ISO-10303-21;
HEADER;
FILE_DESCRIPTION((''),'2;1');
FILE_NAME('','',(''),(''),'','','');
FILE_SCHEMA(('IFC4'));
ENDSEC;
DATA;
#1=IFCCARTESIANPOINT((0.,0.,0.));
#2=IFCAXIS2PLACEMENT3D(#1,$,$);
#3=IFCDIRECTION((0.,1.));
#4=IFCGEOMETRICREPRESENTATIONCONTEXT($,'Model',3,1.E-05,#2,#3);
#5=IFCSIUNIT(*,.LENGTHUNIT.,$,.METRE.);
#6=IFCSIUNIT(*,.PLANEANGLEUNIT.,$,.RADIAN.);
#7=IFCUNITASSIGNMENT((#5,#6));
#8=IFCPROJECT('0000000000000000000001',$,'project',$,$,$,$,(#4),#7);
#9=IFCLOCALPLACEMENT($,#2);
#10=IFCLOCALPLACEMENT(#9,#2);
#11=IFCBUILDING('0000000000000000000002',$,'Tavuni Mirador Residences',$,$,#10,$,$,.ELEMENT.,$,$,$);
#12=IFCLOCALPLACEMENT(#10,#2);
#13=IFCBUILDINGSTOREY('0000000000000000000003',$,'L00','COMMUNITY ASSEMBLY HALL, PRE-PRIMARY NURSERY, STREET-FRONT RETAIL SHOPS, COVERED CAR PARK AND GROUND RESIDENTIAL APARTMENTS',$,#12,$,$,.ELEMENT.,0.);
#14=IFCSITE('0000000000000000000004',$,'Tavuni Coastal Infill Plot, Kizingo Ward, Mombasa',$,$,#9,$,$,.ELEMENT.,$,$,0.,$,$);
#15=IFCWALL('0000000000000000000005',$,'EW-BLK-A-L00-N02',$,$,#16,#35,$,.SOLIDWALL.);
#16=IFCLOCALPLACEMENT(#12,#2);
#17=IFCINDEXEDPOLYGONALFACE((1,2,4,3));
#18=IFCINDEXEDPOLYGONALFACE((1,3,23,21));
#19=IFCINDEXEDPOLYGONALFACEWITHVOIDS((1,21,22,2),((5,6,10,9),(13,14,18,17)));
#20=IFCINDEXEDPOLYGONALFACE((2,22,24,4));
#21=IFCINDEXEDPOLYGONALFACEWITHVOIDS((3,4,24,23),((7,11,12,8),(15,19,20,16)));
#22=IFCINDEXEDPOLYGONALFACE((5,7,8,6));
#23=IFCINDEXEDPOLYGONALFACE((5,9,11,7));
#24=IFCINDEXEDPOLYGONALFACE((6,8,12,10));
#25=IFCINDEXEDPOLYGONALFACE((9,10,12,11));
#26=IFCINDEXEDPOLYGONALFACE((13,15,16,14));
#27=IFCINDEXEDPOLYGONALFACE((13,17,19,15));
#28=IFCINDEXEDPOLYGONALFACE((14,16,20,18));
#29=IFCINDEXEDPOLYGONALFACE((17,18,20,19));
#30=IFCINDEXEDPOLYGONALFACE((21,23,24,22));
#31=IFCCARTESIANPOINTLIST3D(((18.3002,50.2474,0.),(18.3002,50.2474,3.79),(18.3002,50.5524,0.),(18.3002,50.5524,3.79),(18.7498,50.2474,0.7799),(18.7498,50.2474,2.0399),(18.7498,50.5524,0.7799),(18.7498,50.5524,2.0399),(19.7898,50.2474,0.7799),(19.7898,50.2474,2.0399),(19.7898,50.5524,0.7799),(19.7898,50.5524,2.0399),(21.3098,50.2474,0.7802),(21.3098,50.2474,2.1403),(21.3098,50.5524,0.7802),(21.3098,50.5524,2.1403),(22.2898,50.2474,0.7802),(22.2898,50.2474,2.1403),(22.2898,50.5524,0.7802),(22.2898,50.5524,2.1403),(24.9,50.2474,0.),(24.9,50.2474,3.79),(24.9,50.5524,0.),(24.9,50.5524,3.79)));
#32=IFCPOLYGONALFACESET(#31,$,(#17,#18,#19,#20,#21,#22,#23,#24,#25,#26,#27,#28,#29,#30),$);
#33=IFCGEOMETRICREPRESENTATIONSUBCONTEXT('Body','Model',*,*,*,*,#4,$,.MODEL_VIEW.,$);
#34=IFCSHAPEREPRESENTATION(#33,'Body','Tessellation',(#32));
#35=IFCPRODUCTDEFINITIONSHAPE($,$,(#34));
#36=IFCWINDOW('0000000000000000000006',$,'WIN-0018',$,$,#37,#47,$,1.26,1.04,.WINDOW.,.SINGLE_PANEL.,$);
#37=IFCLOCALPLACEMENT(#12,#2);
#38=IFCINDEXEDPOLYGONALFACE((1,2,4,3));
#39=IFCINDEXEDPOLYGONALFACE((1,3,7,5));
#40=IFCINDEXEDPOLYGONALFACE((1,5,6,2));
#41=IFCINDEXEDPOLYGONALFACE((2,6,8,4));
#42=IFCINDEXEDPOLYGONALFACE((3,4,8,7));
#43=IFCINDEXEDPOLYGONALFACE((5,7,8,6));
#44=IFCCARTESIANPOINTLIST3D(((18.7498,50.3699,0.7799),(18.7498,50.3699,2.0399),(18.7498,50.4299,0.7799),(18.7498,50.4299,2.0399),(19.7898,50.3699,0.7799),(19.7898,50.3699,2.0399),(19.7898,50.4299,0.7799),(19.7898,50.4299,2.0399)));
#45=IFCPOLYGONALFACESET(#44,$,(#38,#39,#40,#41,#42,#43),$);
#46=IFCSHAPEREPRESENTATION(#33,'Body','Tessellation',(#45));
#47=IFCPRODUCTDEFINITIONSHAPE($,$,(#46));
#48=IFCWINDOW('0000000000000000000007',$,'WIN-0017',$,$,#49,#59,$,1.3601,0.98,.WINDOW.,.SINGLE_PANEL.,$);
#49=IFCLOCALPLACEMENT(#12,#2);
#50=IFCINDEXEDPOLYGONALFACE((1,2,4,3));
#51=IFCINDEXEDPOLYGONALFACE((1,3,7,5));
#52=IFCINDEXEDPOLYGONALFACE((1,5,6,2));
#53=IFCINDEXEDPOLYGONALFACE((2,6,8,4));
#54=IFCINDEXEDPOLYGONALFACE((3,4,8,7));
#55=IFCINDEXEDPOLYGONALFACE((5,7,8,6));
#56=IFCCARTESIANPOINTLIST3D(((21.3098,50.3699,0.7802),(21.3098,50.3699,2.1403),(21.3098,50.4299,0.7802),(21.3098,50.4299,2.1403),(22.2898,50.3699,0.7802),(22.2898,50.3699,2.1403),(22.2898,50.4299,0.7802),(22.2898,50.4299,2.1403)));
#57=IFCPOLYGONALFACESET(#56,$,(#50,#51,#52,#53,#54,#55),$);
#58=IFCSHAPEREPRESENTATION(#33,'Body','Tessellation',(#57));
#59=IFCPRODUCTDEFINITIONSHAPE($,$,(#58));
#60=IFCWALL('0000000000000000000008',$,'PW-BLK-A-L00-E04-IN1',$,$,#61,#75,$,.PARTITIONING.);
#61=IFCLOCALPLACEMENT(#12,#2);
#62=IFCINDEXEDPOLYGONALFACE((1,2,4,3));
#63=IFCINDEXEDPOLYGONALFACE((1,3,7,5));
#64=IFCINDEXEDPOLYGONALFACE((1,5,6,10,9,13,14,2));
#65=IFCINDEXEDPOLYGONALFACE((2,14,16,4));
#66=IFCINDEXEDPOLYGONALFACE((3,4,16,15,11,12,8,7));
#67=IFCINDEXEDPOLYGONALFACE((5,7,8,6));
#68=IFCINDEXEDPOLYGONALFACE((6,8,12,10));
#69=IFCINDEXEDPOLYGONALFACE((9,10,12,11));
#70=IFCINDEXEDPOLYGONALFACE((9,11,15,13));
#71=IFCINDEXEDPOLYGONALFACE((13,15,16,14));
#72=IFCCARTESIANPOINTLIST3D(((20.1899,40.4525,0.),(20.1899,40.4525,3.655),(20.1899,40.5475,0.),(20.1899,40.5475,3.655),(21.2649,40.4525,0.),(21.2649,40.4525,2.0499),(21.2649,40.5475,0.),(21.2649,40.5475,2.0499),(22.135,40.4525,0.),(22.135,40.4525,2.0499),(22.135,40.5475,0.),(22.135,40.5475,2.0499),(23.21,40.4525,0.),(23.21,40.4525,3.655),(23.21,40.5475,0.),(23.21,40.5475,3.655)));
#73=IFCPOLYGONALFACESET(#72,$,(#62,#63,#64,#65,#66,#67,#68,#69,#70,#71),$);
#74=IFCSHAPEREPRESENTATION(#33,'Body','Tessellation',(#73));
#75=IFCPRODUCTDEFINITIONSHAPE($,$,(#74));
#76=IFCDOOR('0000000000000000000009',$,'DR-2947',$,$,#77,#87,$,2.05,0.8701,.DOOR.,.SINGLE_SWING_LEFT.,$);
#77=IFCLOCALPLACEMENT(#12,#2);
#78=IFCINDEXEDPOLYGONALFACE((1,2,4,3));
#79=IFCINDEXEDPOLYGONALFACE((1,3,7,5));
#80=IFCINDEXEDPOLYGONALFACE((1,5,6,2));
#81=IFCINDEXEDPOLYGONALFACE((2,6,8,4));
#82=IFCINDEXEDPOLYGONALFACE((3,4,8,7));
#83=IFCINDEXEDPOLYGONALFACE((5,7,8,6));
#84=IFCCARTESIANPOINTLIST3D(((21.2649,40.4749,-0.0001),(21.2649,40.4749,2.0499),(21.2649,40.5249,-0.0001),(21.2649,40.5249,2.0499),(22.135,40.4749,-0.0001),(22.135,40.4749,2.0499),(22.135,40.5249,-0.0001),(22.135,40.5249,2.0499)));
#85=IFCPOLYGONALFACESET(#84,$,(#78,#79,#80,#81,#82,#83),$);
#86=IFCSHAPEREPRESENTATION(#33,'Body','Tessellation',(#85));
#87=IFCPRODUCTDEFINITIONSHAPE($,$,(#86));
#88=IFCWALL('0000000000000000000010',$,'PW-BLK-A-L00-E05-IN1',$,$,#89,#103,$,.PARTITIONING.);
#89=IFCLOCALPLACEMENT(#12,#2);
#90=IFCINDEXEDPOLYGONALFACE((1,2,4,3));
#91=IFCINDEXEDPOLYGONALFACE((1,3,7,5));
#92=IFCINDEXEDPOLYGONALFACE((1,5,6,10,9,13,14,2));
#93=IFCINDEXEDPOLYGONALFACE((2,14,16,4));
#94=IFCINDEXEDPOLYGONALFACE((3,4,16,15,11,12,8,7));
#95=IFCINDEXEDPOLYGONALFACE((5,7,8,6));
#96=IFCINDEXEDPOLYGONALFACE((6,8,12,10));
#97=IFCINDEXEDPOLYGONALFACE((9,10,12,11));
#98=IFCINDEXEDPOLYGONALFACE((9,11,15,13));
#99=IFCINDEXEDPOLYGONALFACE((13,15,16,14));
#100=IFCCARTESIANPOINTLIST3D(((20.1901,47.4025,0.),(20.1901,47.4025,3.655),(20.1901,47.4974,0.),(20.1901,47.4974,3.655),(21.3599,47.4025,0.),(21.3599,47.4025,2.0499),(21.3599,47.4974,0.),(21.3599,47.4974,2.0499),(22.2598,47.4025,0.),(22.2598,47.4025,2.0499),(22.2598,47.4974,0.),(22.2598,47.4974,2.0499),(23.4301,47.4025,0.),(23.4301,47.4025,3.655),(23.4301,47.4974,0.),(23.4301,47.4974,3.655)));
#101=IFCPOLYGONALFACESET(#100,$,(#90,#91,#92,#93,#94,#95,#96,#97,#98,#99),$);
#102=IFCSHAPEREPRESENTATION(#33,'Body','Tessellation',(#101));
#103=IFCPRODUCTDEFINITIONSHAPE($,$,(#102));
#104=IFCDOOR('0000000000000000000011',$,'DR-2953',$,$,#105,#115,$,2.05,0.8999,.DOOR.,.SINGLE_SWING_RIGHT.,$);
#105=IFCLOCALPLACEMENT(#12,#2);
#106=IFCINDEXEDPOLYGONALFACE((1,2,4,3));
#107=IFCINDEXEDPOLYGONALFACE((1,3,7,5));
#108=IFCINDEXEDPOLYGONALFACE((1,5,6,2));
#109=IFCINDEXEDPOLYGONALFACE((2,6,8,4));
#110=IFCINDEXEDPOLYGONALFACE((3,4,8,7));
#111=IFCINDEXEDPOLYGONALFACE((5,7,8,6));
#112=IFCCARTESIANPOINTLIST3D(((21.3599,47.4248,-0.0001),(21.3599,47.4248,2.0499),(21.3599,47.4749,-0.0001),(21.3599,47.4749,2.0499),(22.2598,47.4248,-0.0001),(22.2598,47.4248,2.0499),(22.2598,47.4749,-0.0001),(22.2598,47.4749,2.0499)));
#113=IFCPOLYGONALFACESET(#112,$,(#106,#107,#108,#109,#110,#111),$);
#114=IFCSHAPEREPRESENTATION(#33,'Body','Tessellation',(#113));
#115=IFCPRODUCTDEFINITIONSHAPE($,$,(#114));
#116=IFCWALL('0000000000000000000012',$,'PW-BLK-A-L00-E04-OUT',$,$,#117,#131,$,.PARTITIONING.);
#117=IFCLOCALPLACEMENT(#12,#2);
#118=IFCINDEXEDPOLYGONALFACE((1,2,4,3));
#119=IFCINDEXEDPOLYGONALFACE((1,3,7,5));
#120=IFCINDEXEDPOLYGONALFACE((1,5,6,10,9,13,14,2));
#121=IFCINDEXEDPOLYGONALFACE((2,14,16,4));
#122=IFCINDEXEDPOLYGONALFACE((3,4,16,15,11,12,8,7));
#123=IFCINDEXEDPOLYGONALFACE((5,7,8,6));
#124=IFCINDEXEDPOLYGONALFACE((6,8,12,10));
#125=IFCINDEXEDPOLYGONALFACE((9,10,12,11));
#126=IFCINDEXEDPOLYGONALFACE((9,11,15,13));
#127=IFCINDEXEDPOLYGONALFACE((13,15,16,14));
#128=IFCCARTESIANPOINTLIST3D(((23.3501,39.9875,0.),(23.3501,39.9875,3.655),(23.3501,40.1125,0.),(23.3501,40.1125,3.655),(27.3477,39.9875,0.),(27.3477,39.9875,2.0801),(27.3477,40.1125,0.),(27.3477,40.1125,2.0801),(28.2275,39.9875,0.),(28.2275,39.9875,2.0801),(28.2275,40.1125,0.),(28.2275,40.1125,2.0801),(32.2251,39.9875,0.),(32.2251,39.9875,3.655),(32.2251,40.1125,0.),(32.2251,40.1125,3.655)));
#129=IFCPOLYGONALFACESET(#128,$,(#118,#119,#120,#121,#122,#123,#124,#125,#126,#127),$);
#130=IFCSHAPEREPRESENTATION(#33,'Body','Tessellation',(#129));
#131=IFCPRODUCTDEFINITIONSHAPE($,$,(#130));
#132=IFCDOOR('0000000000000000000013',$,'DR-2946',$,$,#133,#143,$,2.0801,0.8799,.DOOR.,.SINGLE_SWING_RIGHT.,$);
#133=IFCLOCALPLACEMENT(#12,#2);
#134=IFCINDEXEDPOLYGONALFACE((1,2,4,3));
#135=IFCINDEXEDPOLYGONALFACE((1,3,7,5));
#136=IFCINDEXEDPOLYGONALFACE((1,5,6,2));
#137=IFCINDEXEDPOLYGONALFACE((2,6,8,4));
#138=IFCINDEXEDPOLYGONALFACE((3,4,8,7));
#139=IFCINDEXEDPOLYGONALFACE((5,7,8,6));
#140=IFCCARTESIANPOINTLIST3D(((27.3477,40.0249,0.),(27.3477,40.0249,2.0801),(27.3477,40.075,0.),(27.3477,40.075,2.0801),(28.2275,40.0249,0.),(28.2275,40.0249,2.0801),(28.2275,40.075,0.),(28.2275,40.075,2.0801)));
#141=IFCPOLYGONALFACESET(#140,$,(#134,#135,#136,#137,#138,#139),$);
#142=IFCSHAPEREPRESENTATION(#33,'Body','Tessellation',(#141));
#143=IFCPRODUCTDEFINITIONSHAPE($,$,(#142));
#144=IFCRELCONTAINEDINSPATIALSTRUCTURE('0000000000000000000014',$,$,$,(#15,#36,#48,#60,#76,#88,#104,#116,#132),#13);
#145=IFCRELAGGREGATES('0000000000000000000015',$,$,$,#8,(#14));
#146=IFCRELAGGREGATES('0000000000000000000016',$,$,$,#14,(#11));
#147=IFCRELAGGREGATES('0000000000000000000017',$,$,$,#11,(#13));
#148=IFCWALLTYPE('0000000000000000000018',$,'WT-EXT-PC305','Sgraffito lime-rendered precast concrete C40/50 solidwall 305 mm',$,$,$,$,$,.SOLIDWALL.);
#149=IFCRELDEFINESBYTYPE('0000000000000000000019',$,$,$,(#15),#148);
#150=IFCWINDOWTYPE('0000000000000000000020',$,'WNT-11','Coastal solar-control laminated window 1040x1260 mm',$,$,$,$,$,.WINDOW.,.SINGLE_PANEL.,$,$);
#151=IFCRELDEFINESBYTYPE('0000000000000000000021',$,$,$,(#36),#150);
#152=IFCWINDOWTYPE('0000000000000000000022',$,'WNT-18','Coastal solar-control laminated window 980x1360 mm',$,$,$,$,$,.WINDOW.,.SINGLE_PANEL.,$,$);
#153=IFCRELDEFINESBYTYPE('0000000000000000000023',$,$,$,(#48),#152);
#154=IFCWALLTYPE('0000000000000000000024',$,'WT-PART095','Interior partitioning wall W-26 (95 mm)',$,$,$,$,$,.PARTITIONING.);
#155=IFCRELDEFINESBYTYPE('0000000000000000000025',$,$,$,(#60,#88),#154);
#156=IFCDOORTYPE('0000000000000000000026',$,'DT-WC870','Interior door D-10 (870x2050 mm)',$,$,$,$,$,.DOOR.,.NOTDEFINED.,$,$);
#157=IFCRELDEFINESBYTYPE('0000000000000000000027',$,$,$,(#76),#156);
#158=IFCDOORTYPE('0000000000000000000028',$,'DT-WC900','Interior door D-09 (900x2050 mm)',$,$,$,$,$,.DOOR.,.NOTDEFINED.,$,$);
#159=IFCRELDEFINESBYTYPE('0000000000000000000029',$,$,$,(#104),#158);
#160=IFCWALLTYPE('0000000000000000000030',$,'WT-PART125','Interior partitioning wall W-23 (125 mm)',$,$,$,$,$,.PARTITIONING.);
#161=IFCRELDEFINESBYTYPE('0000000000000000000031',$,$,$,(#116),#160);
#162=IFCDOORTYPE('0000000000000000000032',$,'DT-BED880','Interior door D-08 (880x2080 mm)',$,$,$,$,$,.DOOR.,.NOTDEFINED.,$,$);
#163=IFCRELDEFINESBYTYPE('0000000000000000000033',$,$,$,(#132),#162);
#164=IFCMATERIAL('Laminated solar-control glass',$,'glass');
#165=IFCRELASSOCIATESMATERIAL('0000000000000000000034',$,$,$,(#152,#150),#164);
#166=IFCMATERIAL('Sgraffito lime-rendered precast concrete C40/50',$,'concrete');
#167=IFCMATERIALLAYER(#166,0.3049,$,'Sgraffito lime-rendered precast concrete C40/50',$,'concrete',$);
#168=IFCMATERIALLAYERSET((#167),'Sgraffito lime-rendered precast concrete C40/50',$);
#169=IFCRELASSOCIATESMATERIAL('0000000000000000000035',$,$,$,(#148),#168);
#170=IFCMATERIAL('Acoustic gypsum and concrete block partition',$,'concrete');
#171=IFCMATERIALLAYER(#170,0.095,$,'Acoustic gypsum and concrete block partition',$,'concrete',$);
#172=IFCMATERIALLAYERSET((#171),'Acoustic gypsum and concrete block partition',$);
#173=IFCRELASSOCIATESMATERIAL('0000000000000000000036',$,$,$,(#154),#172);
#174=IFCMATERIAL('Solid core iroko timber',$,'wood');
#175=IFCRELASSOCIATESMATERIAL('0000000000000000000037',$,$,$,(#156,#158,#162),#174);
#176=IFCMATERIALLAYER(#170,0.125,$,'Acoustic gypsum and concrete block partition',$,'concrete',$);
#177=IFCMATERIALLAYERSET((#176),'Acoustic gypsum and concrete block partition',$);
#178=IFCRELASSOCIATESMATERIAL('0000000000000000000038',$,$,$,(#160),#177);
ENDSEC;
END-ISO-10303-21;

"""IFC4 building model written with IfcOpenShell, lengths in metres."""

from ifc_helpers import new_model, si_unit, direction, frame, frame_2d, origin, place, context, subcontext, project, spatial, rectangle, extrude, material, layer, layer_set, type_object, element, fill, save


model = new_model("IFC4")

# Units and contexts
model_context = context("Model", 3, precision=1e-05, world=origin(), true_north=direction((0.0, 1.0)))
body_context = subcontext(model_context, "Body", "Model", "MODEL_VIEW")
ifc_project = project(units=[si_unit("LENGTHUNIT", "METRE"), si_unit("PLANEANGLEUNIT", "RADIAN")], contexts=[model_context])

# Site, building, storey
site_placement = place(None, origin())
site = spatial("IfcSite", under=ifc_project, at=site_placement, Name="Tavuni Coastal Infill Plot, Kizingo Ward, Mombasa", CompositionType="ELEMENT", RefElevation=0.0)
building_placement = place(site_placement, origin())
building = spatial("IfcBuilding", under=site, at=building_placement, Name="Tavuni Mirador Residences", CompositionType="ELEMENT")
storey_placement = place(building_placement, origin())
storey = spatial("IfcBuildingStorey", under=building, at=storey_placement, Name="L00", Description="COMMUNITY ASSEMBLY HALL, PRE-PRIMARY NURSERY, STREET-FRONT RETAIL SHOPS, COVERED CAR PARK AND GROUND RESIDENTIAL APARTMENTS", CompositionType="ELEMENT", Elevation=0.0)

# Shared definitions
ifc_material_1 = material(Name="Solid core iroko timber", Category="wood")

# Wall, openings, windows
ifc_material_2 = material(Name="Sgraffito lime-rendered precast concrete C40/50", Category="concrete")
ifc_material_3 = material(Name="Laminated solar-control glass", Category="glass")
window_type_1 = type_object("IfcWindowType", Name="WNT-18", Description="Coastal solar-control laminated window 980x1360 mm", PartitioningType="SINGLE_PANEL", PredefinedType="WINDOW", material=ifc_material_3)
ifc_layer_1 = layer(ifc_material_2, 0.3049, Name="Sgraffito lime-rendered precast concrete C40/50", Category="concrete")
ifc_layer_set_1 = layer_set([ifc_layer_1], Name="Sgraffito lime-rendered precast concrete C40/50")
wall_type_1 = type_object("IfcWallType", Name="WT-EXT-PC305", Description="Sgraffito lime-rendered precast concrete C40/50 solidwall 305 mm", PredefinedType="SOLIDWALL", material=ifc_layer_set_1)
wall_1_placement = place(storey_placement, frame((24.8999, 50.3999, 0.0), z_axis=(0.0, 0.0, 1.0), x_axis=(-1.0, 0.0, 0.0)))
wall_1 = element("IfcWall", 1, at=wall_1_placement, inside=storey, type_object=wall_type_1, Name="EW-BLK-A-L00-N02", PredefinedType="SOLIDWALL", context=body_context, shape_type="SweptSolid", body=[
    extrude(rectangle(XDim=6.5999, YDim=0.3049, at=frame_2d((3.2998, 0.0))), origin(), (0.0, 0.0, 1.0), 3.79),
])
opening_1_placement = place(wall_1_placement, frame((2.6101, 0.0, 0.78)))
opening_1 = element("IfcOpeningElement", 2, at=opening_1_placement, cuts=wall_1, PredefinedType="OPENING", context=body_context, shape_type="SweptSolid", body=[
    extrude(rectangle(XDim=0.98, YDim=1.3601, at=frame_2d((0.49, 0.6802))), frame((0.0, 0.1626, 0.0), z_axis=(0.0, -1.0, 0.0), x_axis=(1.0, 0.0, 0.0)), (0.0, 0.0, 1.0), 0.325),
])
opening_2_placement = place(wall_1_placement, frame((5.1101, 0.0, 0.78)))
opening_2 = element("IfcOpeningElement", 3, at=opening_2_placement, cuts=wall_1, PredefinedType="OPENING", context=body_context, shape_type="SweptSolid", body=[
    extrude(rectangle(XDim=1.04, YDim=1.26, at=frame_2d((0.52, 0.6299))), frame((0.0, 0.1626, 0.0), z_axis=(0.0, -1.0, 0.0), x_axis=(1.0, 0.0, 0.0)), (0.0, 0.0, 1.0), 0.325),
])
window_type_2 = type_object("IfcWindowType", Name="WNT-11", Description="Coastal solar-control laminated window 1040x1260 mm", PartitioningType="SINGLE_PANEL", PredefinedType="WINDOW", material=ifc_material_3)
window_1_placement = place(opening_2_placement, origin())
window_1 = element("IfcWindow", 4, at=window_1_placement, inside=storey, type_object=window_type_2, Name="WIN-0018", OverallHeight=1.26, OverallWidth=1.04, PartitioningType="SINGLE_PANEL", PredefinedType="WINDOW", context=body_context, shape_type="SweptSolid", body=[
    extrude(rectangle(XDim=1.04, YDim=1.26, at=frame_2d((0.52, 0.6299))), frame((0.0, 0.03, 0.0), z_axis=(0.0, -1.0, 0.0), x_axis=(1.0, 0.0, 0.0)), (0.0, 0.0, 1.0), 0.0601),
])
fill(opening_2, window_1)
window_2_placement = place(opening_1_placement, origin())
window_2 = element("IfcWindow", 5, at=window_2_placement, inside=storey, type_object=window_type_1, Name="WIN-0017", OverallHeight=1.3601, OverallWidth=0.98, PartitioningType="SINGLE_PANEL", PredefinedType="WINDOW", context=body_context, shape_type="SweptSolid", body=[
    extrude(rectangle(XDim=0.98, YDim=1.3601, at=frame_2d((0.49, 0.6802))), frame((0.0, 0.03, 0.0), z_axis=(0.0, -1.0, 0.0), x_axis=(1.0, 0.0, 0.0)), (0.0, 0.0, 1.0), 0.0601),
])
fill(opening_1, window_2)

# Walls, openings, doors
ifc_material_4 = material(Name="Acoustic gypsum and concrete block partition", Category="concrete")
ifc_layer_2 = layer(ifc_material_4, 0.095, Name="Acoustic gypsum and concrete block partition", Category="concrete")
ifc_layer_set_2 = layer_set([ifc_layer_2], Name="Acoustic gypsum and concrete block partition")
wall_type_2 = type_object("IfcWallType", Name="WT-PART095", Description="Interior partitioning wall W-26 (95 mm)", PredefinedType="PARTITIONING", material=ifc_layer_set_2)
wall_2_placement = place(storey_placement, frame((20.1899, 40.5, 0.0), z_axis=(0.0, 0.0, 1.0), x_axis=(1.0, 0.0, 0.0)))
wall_2 = element("IfcWall", 6, at=wall_2_placement, inside=storey, type_object=wall_type_2, Name="PW-BLK-A-L00-E04-IN1", PredefinedType="PARTITIONING", context=body_context, shape_type="SweptSolid", body=[
    extrude(rectangle(XDim=3.02, YDim=0.095, at=frame_2d((1.51, 0.0))), origin(), (0.0, 0.0, 1.0), 3.655),
])
opening_3_placement = place(wall_2_placement, frame((1.075, 0.0, 0.0)))
opening_3 = element("IfcOpeningElement", 7, at=opening_3_placement, cuts=wall_2, PredefinedType="OPENING", context=body_context, shape_type="SweptSolid", body=[
    extrude(rectangle(XDim=0.8701, YDim=2.05, at=frame_2d((0.4351, 1.0249))), frame((0.0, 0.0576, 0.0), z_axis=(0.0, -1.0, 0.0), x_axis=(1.0, 0.0, 0.0)), (0.0, 0.0, 1.0), 0.115),
])
door_type_1 = type_object("IfcDoorType", Name="DT-WC870", Description="Interior door D-10 (870x2050 mm)", OperationType="NOTDEFINED", PredefinedType="DOOR", material=ifc_material_1)
door_1_placement = place(opening_3_placement, origin())
door_1 = element("IfcDoor", 8, at=door_1_placement, inside=storey, type_object=door_type_1, Name="DR-2947", OperationType="SINGLE_SWING_LEFT", OverallHeight=2.05, OverallWidth=0.8701, PredefinedType="DOOR", context=body_context, shape_type="SweptSolid", body=[
    extrude(rectangle(XDim=0.8701, YDim=2.05, at=frame_2d((0.4351, 1.0249))), frame((0.0, 0.0249, 0.0), z_axis=(0.0, -1.0, 0.0), x_axis=(1.0, 0.0, 0.0)), (0.0, 0.0, 1.0), 0.05),
])
fill(opening_3, door_1)
wall_3_placement = place(storey_placement, frame((20.1899, 47.45, 0.0), z_axis=(0.0, 0.0, 1.0), x_axis=(1.0, 0.0, 0.0)))
wall_3 = element("IfcWall", 9, at=wall_3_placement, inside=storey, type_object=wall_type_2, Name="PW-BLK-A-L00-E05-IN1", PredefinedType="PARTITIONING", context=body_context, shape_type="SweptSolid", body=[
    extrude(rectangle(XDim=3.24, YDim=0.095, at=frame_2d((1.6201, 0.0))), origin(), (0.0, 0.0, 1.0), 3.655),
])
opening_4_placement = place(wall_3_placement, frame((1.1699, 0.0, 0.0)))
opening_4 = element("IfcOpeningElement", 10, at=opening_4_placement, cuts=wall_3, PredefinedType="OPENING", context=body_context, shape_type="SweptSolid", body=[
    extrude(rectangle(XDim=0.8999, YDim=2.05, at=frame_2d((0.45, 1.0249))), frame((0.0, 0.0576, 0.0), z_axis=(0.0, -1.0, 0.0), x_axis=(1.0, 0.0, 0.0)), (0.0, 0.0, 1.0), 0.115),
])
door_type_2 = type_object("IfcDoorType", Name="DT-WC900", Description="Interior door D-09 (900x2050 mm)", OperationType="NOTDEFINED", PredefinedType="DOOR", material=ifc_material_1)
door_2_placement = place(opening_4_placement, origin())
door_2 = element("IfcDoor", 11, at=door_2_placement, inside=storey, type_object=door_type_2, Name="DR-2953", OperationType="SINGLE_SWING_RIGHT", OverallHeight=2.05, OverallWidth=0.8999, PredefinedType="DOOR", context=body_context, shape_type="SweptSolid", body=[
    extrude(rectangle(XDim=0.8999, YDim=2.05, at=frame_2d((0.45, 1.0249))), frame((0.0, 0.0249, 0.0), z_axis=(0.0, -1.0, 0.0), x_axis=(1.0, 0.0, 0.0)), (0.0, 0.0, 1.0), 0.05),
])
fill(opening_4, door_2)
ifc_layer_3 = layer(ifc_material_4, 0.125, Name="Acoustic gypsum and concrete block partition", Category="concrete")
ifc_layer_set_3 = layer_set([ifc_layer_3], Name="Acoustic gypsum and concrete block partition")
wall_type_3 = type_object("IfcWallType", Name="WT-PART125", Description="Interior partitioning wall W-23 (125 mm)", PredefinedType="PARTITIONING", material=ifc_layer_set_3)
wall_4_placement = place(storey_placement, frame((23.3501, 40.05, 0.0), z_axis=(0.0, 0.0, 1.0), x_axis=(1.0, 0.0, 0.0)))
wall_4 = element("IfcWall", 12, at=wall_4_placement, inside=storey, type_object=wall_type_3, Name="PW-BLK-A-L00-E04-OUT", PredefinedType="PARTITIONING", context=body_context, shape_type="SweptSolid", body=[
    extrude(rectangle(XDim=8.875, YDim=0.125, at=frame_2d((4.4375, 0.0))), origin(), (0.0, 0.0, 1.0), 3.655),
])
opening_5_placement = place(wall_4_placement, frame((3.9976, 0.0, 0.0)))
opening_5 = element("IfcOpeningElement", 13, at=opening_5_placement, cuts=wall_4, PredefinedType="OPENING", context=body_context, shape_type="SweptSolid", body=[
    extrude(rectangle(XDim=0.8799, YDim=2.0801, at=frame_2d((0.4399, 1.04))), frame((0.0, 0.0725, 0.0), z_axis=(0.0, -1.0, 0.0), x_axis=(1.0, 0.0, 0.0)), (0.0, 0.0, 1.0), 0.145),
])
door_type_3 = type_object("IfcDoorType", Name="DT-BED880", Description="Interior door D-08 (880x2080 mm)", OperationType="NOTDEFINED", PredefinedType="DOOR", material=ifc_material_1)
door_3_placement = place(opening_5_placement, origin())
door_3 = element("IfcDoor", 14, at=door_3_placement, inside=storey, type_object=door_type_3, Name="DR-2946", OperationType="SINGLE_SWING_RIGHT", OverallHeight=2.0801, OverallWidth=0.8799, PredefinedType="DOOR", context=body_context, shape_type="SweptSolid", body=[
    extrude(rectangle(XDim=0.8799, YDim=2.0801, at=frame_2d((0.4399, 1.04))), frame((0.0, 0.0249, 0.0), z_axis=(0.0, -1.0, 0.0), x_axis=(1.0, 0.0, 0.0)), (0.0, 0.0, 1.0), 0.05),
])
fill(opening_5, door_3)

save(model, "model.ifc")
